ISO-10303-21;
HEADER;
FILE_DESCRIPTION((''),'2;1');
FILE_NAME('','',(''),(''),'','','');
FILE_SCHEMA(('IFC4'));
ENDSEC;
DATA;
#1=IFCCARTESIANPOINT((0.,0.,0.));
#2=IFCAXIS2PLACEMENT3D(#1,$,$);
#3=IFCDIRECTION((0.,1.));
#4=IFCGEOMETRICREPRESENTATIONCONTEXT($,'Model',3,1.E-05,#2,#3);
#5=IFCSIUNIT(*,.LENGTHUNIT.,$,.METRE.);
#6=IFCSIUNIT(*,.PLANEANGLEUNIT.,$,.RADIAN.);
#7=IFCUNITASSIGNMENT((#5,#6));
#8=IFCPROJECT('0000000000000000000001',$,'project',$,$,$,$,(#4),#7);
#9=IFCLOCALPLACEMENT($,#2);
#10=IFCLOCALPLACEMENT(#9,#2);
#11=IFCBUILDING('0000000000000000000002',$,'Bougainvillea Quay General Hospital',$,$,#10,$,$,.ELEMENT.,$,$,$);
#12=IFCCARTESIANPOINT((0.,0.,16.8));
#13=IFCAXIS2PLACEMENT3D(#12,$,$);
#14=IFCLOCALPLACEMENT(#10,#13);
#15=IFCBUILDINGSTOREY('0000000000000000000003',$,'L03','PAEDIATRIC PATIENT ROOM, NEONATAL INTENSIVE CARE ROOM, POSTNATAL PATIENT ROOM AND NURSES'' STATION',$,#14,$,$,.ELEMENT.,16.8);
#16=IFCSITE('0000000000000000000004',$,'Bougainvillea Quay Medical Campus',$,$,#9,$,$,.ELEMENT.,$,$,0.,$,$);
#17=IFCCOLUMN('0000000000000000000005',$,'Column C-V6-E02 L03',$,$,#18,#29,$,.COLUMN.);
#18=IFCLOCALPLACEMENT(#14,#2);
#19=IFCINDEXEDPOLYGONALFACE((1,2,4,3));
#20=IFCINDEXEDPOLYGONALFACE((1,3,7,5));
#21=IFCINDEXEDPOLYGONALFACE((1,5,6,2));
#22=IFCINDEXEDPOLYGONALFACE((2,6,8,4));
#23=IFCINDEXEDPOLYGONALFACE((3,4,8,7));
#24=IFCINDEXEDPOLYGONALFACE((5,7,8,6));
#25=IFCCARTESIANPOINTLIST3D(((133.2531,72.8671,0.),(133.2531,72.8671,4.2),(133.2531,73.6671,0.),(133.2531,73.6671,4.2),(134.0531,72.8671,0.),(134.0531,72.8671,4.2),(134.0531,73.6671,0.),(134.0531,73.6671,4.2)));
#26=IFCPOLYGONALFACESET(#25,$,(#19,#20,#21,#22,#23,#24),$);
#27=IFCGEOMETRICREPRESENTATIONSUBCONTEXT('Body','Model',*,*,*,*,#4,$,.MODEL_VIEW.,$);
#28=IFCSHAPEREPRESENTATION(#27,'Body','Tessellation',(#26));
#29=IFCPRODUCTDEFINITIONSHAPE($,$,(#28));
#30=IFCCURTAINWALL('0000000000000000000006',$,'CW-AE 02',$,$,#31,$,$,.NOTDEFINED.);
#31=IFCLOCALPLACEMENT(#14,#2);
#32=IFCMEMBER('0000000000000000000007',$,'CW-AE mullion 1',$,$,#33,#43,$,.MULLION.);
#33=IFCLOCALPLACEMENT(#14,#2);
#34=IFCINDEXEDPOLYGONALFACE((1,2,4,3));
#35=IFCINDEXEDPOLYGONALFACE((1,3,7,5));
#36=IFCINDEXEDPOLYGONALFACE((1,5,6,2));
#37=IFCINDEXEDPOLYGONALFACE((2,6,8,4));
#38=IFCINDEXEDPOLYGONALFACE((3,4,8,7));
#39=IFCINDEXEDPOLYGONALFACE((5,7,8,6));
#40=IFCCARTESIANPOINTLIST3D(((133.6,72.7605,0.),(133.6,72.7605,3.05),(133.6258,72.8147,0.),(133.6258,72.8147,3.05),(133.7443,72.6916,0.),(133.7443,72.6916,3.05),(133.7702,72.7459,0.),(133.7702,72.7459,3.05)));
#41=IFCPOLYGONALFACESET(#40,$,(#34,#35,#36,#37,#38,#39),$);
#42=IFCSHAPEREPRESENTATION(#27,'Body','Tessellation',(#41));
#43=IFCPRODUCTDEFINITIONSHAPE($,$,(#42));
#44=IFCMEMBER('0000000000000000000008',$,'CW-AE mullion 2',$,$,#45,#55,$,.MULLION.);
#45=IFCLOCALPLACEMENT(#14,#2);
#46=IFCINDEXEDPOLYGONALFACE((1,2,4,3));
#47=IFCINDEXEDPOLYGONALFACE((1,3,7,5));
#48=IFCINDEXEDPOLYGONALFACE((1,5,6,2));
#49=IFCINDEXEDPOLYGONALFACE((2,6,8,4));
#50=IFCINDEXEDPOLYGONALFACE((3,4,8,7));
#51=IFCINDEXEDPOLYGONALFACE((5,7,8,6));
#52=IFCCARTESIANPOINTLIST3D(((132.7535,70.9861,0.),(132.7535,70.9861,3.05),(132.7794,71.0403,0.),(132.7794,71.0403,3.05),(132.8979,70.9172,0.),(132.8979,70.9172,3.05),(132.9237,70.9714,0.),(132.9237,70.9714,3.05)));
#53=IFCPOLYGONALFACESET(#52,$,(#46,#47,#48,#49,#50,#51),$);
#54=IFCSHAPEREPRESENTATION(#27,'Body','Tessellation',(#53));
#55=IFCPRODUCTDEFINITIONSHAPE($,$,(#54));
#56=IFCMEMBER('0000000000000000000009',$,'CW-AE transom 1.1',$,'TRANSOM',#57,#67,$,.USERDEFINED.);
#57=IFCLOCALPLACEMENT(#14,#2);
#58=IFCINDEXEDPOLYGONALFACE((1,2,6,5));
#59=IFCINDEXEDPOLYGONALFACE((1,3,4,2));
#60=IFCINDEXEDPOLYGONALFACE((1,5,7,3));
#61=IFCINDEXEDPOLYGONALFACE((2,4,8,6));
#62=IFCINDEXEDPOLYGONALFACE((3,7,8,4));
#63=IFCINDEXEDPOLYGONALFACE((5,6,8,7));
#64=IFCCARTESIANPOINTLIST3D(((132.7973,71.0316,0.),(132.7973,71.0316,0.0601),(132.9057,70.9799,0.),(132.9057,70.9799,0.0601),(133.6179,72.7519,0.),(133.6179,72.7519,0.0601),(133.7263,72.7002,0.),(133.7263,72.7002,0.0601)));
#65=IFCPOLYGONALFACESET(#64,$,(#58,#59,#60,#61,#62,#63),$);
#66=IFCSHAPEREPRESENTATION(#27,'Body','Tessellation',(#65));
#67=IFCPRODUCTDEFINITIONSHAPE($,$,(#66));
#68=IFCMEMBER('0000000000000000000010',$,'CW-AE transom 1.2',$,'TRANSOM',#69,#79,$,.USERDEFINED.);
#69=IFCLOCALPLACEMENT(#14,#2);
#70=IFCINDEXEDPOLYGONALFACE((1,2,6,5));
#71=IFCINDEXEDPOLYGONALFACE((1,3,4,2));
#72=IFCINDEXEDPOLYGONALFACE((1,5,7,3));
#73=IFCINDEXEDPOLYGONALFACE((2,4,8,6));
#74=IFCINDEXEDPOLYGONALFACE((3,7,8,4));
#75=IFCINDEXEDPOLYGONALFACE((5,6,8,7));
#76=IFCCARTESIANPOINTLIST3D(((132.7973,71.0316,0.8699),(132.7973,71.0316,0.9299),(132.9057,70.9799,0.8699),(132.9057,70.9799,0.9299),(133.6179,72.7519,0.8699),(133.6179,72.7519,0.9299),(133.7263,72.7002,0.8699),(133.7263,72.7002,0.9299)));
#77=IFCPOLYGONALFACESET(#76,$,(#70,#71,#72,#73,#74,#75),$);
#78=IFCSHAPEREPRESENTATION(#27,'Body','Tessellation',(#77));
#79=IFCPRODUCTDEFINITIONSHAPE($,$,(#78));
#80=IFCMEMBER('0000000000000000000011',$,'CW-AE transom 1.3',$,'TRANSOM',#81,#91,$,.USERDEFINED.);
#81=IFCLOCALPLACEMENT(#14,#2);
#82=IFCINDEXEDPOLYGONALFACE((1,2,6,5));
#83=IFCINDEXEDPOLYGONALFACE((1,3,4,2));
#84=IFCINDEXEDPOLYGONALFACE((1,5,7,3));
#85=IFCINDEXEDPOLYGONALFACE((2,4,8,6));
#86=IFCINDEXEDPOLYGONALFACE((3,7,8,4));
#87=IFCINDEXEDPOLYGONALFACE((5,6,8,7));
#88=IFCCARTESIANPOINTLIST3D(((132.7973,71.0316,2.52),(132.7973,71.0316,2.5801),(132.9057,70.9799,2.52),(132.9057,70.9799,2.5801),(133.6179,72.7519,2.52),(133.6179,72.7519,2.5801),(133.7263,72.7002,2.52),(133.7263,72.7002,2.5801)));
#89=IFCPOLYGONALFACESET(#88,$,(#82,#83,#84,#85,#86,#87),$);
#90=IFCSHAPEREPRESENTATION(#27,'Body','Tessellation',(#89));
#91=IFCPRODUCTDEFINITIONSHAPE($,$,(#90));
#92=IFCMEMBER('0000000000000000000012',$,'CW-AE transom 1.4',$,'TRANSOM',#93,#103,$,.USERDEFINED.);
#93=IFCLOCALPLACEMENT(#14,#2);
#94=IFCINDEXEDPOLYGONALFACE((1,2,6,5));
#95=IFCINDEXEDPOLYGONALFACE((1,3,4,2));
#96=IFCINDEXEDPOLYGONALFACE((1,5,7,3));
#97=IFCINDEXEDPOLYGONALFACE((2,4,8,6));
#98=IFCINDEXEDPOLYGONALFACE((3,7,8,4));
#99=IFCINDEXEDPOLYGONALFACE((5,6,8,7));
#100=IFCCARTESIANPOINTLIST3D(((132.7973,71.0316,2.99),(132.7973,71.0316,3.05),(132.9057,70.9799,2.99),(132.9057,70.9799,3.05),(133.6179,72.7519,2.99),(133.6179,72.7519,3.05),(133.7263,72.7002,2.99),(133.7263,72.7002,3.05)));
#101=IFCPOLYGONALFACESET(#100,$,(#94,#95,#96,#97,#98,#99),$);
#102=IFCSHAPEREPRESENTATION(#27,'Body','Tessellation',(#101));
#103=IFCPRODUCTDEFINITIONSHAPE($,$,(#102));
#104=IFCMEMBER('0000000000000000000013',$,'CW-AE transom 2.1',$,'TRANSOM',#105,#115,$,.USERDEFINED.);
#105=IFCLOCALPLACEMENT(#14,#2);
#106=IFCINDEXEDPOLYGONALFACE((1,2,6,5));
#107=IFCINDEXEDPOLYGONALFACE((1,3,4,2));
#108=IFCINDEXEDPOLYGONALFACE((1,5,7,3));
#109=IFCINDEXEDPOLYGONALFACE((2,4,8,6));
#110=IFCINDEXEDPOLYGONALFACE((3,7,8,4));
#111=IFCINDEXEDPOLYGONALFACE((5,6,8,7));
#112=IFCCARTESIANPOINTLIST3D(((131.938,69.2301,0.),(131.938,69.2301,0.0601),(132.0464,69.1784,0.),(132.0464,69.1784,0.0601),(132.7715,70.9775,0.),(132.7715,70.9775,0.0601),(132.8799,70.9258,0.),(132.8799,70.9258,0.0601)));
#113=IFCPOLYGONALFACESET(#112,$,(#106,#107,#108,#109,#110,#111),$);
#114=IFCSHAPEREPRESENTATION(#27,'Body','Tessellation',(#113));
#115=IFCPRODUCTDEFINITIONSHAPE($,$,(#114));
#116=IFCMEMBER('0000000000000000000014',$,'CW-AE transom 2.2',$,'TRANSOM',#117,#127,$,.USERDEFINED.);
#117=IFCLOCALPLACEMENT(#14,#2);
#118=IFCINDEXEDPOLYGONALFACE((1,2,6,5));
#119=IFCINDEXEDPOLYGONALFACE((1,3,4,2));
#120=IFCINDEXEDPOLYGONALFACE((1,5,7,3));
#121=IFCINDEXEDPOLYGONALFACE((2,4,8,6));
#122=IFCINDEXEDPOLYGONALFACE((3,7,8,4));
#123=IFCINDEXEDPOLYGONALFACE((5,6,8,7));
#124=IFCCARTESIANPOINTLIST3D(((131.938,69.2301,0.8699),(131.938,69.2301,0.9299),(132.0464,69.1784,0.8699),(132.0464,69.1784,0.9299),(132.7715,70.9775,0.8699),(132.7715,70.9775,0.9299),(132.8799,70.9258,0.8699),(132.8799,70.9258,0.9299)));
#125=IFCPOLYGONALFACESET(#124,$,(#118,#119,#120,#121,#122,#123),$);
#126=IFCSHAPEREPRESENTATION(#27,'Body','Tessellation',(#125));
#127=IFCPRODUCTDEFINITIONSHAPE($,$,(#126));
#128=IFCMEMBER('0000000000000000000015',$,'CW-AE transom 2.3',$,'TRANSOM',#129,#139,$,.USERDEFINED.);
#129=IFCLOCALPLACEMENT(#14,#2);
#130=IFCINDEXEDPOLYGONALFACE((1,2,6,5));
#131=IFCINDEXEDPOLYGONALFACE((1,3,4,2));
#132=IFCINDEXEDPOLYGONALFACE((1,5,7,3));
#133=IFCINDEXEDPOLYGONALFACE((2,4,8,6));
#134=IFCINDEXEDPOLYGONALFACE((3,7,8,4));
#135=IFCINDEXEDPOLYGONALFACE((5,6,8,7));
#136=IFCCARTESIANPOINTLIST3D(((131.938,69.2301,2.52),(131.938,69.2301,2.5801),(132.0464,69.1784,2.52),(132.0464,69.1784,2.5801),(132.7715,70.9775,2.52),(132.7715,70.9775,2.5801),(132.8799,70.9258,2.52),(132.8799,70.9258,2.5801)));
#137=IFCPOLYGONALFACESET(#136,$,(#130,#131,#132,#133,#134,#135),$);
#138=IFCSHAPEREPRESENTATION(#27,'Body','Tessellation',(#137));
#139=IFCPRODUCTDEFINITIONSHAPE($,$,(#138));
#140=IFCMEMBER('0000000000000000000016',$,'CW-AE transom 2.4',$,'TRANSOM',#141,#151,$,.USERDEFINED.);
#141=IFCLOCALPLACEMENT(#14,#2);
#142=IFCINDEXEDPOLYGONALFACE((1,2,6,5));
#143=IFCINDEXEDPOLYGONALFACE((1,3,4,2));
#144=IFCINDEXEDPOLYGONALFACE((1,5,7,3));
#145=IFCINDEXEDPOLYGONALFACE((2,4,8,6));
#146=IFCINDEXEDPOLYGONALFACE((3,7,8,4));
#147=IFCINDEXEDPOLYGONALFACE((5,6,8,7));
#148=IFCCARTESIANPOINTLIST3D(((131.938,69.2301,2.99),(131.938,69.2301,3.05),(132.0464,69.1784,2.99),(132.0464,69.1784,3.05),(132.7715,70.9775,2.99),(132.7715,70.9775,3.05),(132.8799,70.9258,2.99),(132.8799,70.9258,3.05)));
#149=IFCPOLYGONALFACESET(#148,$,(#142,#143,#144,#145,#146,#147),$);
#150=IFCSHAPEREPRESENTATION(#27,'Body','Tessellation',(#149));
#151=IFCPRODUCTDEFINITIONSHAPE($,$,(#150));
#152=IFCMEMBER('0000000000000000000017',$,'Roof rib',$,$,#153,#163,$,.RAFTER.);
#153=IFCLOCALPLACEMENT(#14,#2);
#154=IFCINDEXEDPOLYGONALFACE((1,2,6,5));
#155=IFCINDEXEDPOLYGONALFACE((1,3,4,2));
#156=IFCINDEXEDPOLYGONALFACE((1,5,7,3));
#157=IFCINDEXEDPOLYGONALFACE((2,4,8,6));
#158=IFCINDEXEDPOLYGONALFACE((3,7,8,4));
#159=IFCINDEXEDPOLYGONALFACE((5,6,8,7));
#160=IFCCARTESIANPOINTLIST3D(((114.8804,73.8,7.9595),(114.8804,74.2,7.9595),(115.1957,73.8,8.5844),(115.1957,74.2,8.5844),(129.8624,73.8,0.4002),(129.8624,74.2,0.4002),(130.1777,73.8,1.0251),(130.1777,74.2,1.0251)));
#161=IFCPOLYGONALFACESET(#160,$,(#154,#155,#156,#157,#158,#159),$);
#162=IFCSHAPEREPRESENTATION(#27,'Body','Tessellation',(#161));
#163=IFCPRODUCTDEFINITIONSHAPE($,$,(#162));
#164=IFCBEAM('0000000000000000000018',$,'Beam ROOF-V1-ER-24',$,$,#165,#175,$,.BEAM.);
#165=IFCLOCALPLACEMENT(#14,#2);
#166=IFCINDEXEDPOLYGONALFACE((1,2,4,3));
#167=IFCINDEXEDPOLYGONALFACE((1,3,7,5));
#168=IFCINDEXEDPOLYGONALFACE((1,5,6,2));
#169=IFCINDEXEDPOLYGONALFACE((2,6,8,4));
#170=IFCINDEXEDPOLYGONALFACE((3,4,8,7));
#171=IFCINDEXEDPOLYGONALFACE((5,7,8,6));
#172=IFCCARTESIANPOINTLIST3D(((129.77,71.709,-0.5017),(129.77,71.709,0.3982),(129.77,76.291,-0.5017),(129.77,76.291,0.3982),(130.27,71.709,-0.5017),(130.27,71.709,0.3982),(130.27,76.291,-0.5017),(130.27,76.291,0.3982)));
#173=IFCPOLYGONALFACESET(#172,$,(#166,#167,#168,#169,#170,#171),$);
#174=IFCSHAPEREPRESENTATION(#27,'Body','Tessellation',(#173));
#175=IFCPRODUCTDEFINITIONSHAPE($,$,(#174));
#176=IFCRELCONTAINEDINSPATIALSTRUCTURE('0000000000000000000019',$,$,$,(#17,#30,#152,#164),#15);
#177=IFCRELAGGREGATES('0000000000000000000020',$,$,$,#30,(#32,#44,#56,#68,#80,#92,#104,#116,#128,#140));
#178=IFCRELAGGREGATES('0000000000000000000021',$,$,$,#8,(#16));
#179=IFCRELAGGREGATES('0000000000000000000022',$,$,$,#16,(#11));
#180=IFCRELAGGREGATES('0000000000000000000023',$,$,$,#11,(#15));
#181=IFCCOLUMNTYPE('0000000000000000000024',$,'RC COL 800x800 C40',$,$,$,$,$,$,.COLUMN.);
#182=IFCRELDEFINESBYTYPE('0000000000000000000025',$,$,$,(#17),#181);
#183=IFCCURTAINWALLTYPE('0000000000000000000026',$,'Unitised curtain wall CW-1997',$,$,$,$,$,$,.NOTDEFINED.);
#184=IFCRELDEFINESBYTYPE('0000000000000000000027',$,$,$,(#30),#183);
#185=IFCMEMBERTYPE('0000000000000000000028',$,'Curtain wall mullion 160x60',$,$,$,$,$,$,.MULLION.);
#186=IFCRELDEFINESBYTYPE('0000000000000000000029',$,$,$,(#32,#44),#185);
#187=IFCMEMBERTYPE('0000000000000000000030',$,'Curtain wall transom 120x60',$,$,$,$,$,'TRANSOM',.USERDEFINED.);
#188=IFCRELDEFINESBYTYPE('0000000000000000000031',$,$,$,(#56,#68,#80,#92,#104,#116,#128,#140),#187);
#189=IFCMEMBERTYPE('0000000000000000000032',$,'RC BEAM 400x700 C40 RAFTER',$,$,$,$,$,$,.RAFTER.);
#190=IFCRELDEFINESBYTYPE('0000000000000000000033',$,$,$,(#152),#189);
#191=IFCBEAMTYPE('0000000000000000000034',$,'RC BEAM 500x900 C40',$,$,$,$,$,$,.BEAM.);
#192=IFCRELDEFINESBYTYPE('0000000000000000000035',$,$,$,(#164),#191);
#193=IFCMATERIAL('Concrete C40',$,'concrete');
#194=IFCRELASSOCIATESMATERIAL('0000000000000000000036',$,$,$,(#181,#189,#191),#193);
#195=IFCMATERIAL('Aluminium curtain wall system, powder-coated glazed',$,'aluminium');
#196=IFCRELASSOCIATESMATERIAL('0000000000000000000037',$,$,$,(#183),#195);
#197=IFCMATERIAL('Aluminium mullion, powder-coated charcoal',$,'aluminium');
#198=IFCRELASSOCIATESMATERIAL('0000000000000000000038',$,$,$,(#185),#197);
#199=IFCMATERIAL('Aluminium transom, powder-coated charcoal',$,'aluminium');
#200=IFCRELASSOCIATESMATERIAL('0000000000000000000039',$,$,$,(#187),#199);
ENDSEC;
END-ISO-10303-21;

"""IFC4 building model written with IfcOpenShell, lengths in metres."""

from ifc_helpers import new_model, si_unit, direction, frame, origin, origin_2d, place, context, subcontext, project, spatial, rectangle, extrude, material, material_profile, profile_set, type_object, element, aggregate, save


model = new_model("IFC4")

# Units and contexts
model_context = context("Model", 3, precision=1e-05, world=origin(), true_north=direction((0.0, 1.0)))
body_context = subcontext(model_context, "Body", "Model", "MODEL_VIEW")
ifc_project = project(units=[si_unit("LENGTHUNIT", "METRE"), si_unit("PLANEANGLEUNIT", "RADIAN")], contexts=[model_context])

# Site, building, storey
site_placement = place(None, origin())
site = spatial("IfcSite", under=ifc_project, at=site_placement, Name="Bougainvillea Quay Medical Campus", CompositionType="ELEMENT", RefElevation=0.0)
building_placement = place(site_placement, origin())
building = spatial("IfcBuilding", under=site, at=building_placement, Name="Bougainvillea Quay General Hospital", CompositionType="ELEMENT")
storey_placement = place(building_placement, frame((0.0, 0.0, 16.8)))
storey = spatial("IfcBuildingStorey", under=building, at=storey_placement, Name="L03", Description="PAEDIATRIC PATIENT ROOM, NEONATAL INTENSIVE CARE ROOM, POSTNATAL PATIENT ROOM AND NURSES' STATION", CompositionType="ELEMENT", Elevation=16.8)

# Column
ifc_material_1 = material(Name="Concrete C40", Category="concrete")
ifc_material_profile_1 = material_profile(ifc_material_1, rectangle(XDim=0.8, YDim=0.8, at=origin_2d()))
ifc_profile_set_1 = profile_set([ifc_material_profile_1], Name="Concrete C40")
column_type = type_object("IfcColumnType", Name="RC COL 800x800 C40", PredefinedType="COLUMN", material=ifc_profile_set_1)
column_placement = place(storey_placement, frame((133.6531, 73.2671, 0.0), z_axis=(0.0, 0.0, 1.0), x_axis=(1.0, 0.0, 0.0)))
element("IfcColumn", 1, at=column_placement, inside=storey, type_object=column_type, Name="Column C-V6-E02 L03", PredefinedType="COLUMN", context=body_context, shape_type="SweptSolid", body=[
    extrude(rectangle(XDim=0.8, YDim=0.8, at=origin_2d()), origin(), (0.0, 0.0, 1.0), 4.2),
])

# Curtain wall, members
ifc_material_2 = material(Name="Aluminium curtain wall system, powder-coated glazed", Category="aluminium")
curtain_wall_type = type_object("IfcCurtainWallType", Name="Unitised curtain wall CW-1997", PredefinedType="NOTDEFINED", material=ifc_material_2)
curtain_wall_placement = place(storey_placement, origin())
curtain_wall = element("IfcCurtainWall", 2, at=curtain_wall_placement, inside=storey, type_object=curtain_wall_type, Name="CW-AE 02", PredefinedType="NOTDEFINED")
ifc_material_3 = material(Name="Aluminium mullion, powder-coated charcoal", Category="aluminium")
ifc_material_profile_2 = material_profile(ifc_material_3, rectangle(XDim=0.1599, YDim=0.0601, at=origin_2d()))
ifc_profile_set_2 = profile_set([ifc_material_profile_2], Name="Aluminium mullion, powder-coated charcoal")
member_type_1 = type_object("IfcMemberType", Name="Curtain wall mullion 160x60", PredefinedType="MULLION", material=ifc_profile_set_2)
member_1_placement = place(storey_placement, frame((133.6851, 72.7532, 0.0), z_axis=(0.0, 0.0, 1.0), x_axis=(0.902578, -0.430525, 0.0)))
member_1 = element("IfcMember", 3, at=member_1_placement, type_object=member_type_1, Name="CW-AE mullion 1", PredefinedType="MULLION", context=body_context, shape_type="SweptSolid", body=[
    extrude(rectangle(XDim=0.1599, YDim=0.0601, at=origin_2d()), origin(), (0.0, 0.0, 1.0), 3.05),
])
member_2_placement = place(storey_placement, frame((132.8386, 70.9788, 0.0), z_axis=(0.0, 0.0, 1.0), x_axis=(0.902578, -0.430525, 0.0)))
member_2 = element("IfcMember", 4, at=member_2_placement, type_object=member_type_1, Name="CW-AE mullion 2", PredefinedType="MULLION", context=body_context, shape_type="SweptSolid", body=[
    extrude(rectangle(XDim=0.1599, YDim=0.0601, at=origin_2d()), origin(), (0.0, 0.0, 1.0), 3.05),
])
ifc_material_4 = material(Name="Aluminium transom, powder-coated charcoal", Category="aluminium")
ifc_material_profile_3 = material_profile(ifc_material_4, rectangle(XDim=0.1201, YDim=0.0601, at=origin_2d()))
ifc_profile_set_3 = profile_set([ifc_material_profile_3], Name="Aluminium transom, powder-coated charcoal")
member_type_2 = type_object("IfcMemberType", Name="Curtain wall transom 120x60", ElementType="TRANSOM", PredefinedType="USERDEFINED", material=ifc_profile_set_3)
member_3_placement = place(storey_placement, frame((133.6721, 72.7261, 0.03), z_axis=(-0.430535, -0.902574, 0.0), x_axis=(0.902574, -0.430535, 0.0)))
member_3 = element("IfcMember", 5, at=member_3_placement, type_object=member_type_2, Name="CW-AE transom 1.1", ObjectType="TRANSOM", PredefinedType="USERDEFINED", context=body_context, shape_type="SweptSolid", body=[
    extrude(rectangle(XDim=0.1201, YDim=0.0601, at=origin_2d()), origin(), (0.0, 0.0, 1.0), 1.906),
])
member_4_placement = place(storey_placement, frame((133.6721, 72.7261, 0.8999), z_axis=(-0.430535, -0.902574, 0.0), x_axis=(0.902574, -0.430535, 0.0)))
member_4 = element("IfcMember", 6, at=member_4_placement, type_object=member_type_2, Name="CW-AE transom 1.2", ObjectType="TRANSOM", PredefinedType="USERDEFINED", context=body_context, shape_type="SweptSolid", body=[
    extrude(rectangle(XDim=0.1201, YDim=0.0601, at=origin_2d()), origin(), (0.0, 0.0, 1.0), 1.906),
])
member_5_placement = place(storey_placement, frame((133.6721, 72.7261, 2.55), z_axis=(-0.430535, -0.902574, 0.0), x_axis=(0.902574, -0.430535, 0.0)))
member_5 = element("IfcMember", 7, at=member_5_placement, type_object=member_type_2, Name="CW-AE transom 1.3", ObjectType="TRANSOM", PredefinedType="USERDEFINED", context=body_context, shape_type="SweptSolid", body=[
    extrude(rectangle(XDim=0.1201, YDim=0.0601, at=origin_2d()), origin(), (0.0, 0.0, 1.0), 1.906),
])
member_6_placement = place(storey_placement, frame((133.6721, 72.7261, 3.02), z_axis=(-0.430535, -0.902574, 0.0), x_axis=(0.902574, -0.430535, 0.0)))
member_6 = element("IfcMember", 8, at=member_6_placement, type_object=member_type_2, Name="CW-AE transom 1.4", ObjectType="TRANSOM", PredefinedType="USERDEFINED", context=body_context, shape_type="SweptSolid", body=[
    extrude(rectangle(XDim=0.1201, YDim=0.0601, at=origin_2d()), origin(), (0.0, 0.0, 1.0), 1.906),
])
member_7_placement = place(storey_placement, frame((132.8257, 70.9517, 0.03), z_axis=(-0.430491, -0.902595, 0.0), x_axis=(0.902595, -0.430491, 0.0)))
member_7 = element("IfcMember", 9, at=member_7_placement, type_object=member_type_2, Name="CW-AE transom 2.1", ObjectType="TRANSOM", PredefinedType="USERDEFINED", context=body_context, shape_type="SweptSolid", body=[
    extrude(rectangle(XDim=0.1201, YDim=0.0601, at=origin_2d()), origin(), (0.0, 0.0, 1.0), 1.936),
])
member_8_placement = place(storey_placement, frame((132.8257, 70.9517, 0.8999), z_axis=(-0.430491, -0.902595, 0.0), x_axis=(0.902595, -0.430491, 0.0)))
member_8 = element("IfcMember", 10, at=member_8_placement, type_object=member_type_2, Name="CW-AE transom 2.2", ObjectType="TRANSOM", PredefinedType="USERDEFINED", context=body_context, shape_type="SweptSolid", body=[
    extrude(rectangle(XDim=0.1201, YDim=0.0601, at=origin_2d()), origin(), (0.0, 0.0, 1.0), 1.936),
])
member_9_placement = place(storey_placement, frame((132.8257, 70.9517, 2.55), z_axis=(-0.430491, -0.902595, 0.0), x_axis=(0.902595, -0.430491, 0.0)))
member_9 = element("IfcMember", 11, at=member_9_placement, type_object=member_type_2, Name="CW-AE transom 2.3", ObjectType="TRANSOM", PredefinedType="USERDEFINED", context=body_context, shape_type="SweptSolid", body=[
    extrude(rectangle(XDim=0.1201, YDim=0.0601, at=origin_2d()), origin(), (0.0, 0.0, 1.0), 1.936),
])
member_10_placement = place(storey_placement, frame((132.8257, 70.9517, 3.02), z_axis=(-0.430491, -0.902595, 0.0), x_axis=(0.902595, -0.430491, 0.0)))
member_10 = element("IfcMember", 12, at=member_10_placement, type_object=member_type_2, Name="CW-AE transom 2.4", ObjectType="TRANSOM", PredefinedType="USERDEFINED", context=body_context, shape_type="SweptSolid", body=[
    extrude(rectangle(XDim=0.1201, YDim=0.0601, at=origin_2d()), origin(), (0.0, 0.0, 1.0), 1.936),
])

# Member
ifc_material_profile_4 = material_profile(ifc_material_1, rectangle(XDim=0.3999, YDim=0.7, at=origin_2d()))
ifc_profile_set_4 = profile_set([ifc_material_profile_4], Name="Concrete C40")
member_type_3 = type_object("IfcMemberType", Name="RC BEAM 400x700 C40 RAFTER", PredefinedType="RAFTER", material=ifc_profile_set_4)
member_11_placement = place(storey_placement, frame((130.02, 74.0, 0.7126), z_axis=(-0.892792, 0.0, 0.45047), x_axis=(0.0, -1.0, 0.0)))
element("IfcMember", 13, at=member_11_placement, inside=storey, type_object=member_type_3, Name="Roof rib", PredefinedType="RAFTER", context=body_context, shape_type="SweptSolid", body=[
    extrude(rectangle(XDim=0.3999, YDim=0.7, at=origin_2d()), origin(), (0.0, 0.0, 1.0), 16.781),
])

# Beam
ifc_material_profile_5 = material_profile(ifc_material_1, rectangle(XDim=0.5, YDim=0.8999, at=origin_2d()))
ifc_profile_set_5 = profile_set([ifc_material_profile_5], Name="Concrete C40")
beam_type = type_object("IfcBeamType", Name="RC BEAM 500x900 C40", PredefinedType="BEAM", material=ifc_profile_set_5)
beam_placement = place(storey_placement, frame((130.02, 71.709, -0.0518), z_axis=(0.0, 1.0, 0.0), x_axis=(-1.0, 0.0, 0.0)))
element("IfcBeam", 14, at=beam_placement, inside=storey, type_object=beam_type, Name="Beam ROOF-V1-ER-24", PredefinedType="BEAM", context=body_context, shape_type="SweptSolid", body=[
    extrude(rectangle(XDim=0.5, YDim=0.8999, at=origin_2d()), origin(), (0.0, 0.0, 1.0), 4.582),
])

aggregate(curtain_wall, [member_1, member_2, member_3, member_4, member_5, member_6, member_7, member_8, member_9, member_10])

save(model, "model.ifc")
